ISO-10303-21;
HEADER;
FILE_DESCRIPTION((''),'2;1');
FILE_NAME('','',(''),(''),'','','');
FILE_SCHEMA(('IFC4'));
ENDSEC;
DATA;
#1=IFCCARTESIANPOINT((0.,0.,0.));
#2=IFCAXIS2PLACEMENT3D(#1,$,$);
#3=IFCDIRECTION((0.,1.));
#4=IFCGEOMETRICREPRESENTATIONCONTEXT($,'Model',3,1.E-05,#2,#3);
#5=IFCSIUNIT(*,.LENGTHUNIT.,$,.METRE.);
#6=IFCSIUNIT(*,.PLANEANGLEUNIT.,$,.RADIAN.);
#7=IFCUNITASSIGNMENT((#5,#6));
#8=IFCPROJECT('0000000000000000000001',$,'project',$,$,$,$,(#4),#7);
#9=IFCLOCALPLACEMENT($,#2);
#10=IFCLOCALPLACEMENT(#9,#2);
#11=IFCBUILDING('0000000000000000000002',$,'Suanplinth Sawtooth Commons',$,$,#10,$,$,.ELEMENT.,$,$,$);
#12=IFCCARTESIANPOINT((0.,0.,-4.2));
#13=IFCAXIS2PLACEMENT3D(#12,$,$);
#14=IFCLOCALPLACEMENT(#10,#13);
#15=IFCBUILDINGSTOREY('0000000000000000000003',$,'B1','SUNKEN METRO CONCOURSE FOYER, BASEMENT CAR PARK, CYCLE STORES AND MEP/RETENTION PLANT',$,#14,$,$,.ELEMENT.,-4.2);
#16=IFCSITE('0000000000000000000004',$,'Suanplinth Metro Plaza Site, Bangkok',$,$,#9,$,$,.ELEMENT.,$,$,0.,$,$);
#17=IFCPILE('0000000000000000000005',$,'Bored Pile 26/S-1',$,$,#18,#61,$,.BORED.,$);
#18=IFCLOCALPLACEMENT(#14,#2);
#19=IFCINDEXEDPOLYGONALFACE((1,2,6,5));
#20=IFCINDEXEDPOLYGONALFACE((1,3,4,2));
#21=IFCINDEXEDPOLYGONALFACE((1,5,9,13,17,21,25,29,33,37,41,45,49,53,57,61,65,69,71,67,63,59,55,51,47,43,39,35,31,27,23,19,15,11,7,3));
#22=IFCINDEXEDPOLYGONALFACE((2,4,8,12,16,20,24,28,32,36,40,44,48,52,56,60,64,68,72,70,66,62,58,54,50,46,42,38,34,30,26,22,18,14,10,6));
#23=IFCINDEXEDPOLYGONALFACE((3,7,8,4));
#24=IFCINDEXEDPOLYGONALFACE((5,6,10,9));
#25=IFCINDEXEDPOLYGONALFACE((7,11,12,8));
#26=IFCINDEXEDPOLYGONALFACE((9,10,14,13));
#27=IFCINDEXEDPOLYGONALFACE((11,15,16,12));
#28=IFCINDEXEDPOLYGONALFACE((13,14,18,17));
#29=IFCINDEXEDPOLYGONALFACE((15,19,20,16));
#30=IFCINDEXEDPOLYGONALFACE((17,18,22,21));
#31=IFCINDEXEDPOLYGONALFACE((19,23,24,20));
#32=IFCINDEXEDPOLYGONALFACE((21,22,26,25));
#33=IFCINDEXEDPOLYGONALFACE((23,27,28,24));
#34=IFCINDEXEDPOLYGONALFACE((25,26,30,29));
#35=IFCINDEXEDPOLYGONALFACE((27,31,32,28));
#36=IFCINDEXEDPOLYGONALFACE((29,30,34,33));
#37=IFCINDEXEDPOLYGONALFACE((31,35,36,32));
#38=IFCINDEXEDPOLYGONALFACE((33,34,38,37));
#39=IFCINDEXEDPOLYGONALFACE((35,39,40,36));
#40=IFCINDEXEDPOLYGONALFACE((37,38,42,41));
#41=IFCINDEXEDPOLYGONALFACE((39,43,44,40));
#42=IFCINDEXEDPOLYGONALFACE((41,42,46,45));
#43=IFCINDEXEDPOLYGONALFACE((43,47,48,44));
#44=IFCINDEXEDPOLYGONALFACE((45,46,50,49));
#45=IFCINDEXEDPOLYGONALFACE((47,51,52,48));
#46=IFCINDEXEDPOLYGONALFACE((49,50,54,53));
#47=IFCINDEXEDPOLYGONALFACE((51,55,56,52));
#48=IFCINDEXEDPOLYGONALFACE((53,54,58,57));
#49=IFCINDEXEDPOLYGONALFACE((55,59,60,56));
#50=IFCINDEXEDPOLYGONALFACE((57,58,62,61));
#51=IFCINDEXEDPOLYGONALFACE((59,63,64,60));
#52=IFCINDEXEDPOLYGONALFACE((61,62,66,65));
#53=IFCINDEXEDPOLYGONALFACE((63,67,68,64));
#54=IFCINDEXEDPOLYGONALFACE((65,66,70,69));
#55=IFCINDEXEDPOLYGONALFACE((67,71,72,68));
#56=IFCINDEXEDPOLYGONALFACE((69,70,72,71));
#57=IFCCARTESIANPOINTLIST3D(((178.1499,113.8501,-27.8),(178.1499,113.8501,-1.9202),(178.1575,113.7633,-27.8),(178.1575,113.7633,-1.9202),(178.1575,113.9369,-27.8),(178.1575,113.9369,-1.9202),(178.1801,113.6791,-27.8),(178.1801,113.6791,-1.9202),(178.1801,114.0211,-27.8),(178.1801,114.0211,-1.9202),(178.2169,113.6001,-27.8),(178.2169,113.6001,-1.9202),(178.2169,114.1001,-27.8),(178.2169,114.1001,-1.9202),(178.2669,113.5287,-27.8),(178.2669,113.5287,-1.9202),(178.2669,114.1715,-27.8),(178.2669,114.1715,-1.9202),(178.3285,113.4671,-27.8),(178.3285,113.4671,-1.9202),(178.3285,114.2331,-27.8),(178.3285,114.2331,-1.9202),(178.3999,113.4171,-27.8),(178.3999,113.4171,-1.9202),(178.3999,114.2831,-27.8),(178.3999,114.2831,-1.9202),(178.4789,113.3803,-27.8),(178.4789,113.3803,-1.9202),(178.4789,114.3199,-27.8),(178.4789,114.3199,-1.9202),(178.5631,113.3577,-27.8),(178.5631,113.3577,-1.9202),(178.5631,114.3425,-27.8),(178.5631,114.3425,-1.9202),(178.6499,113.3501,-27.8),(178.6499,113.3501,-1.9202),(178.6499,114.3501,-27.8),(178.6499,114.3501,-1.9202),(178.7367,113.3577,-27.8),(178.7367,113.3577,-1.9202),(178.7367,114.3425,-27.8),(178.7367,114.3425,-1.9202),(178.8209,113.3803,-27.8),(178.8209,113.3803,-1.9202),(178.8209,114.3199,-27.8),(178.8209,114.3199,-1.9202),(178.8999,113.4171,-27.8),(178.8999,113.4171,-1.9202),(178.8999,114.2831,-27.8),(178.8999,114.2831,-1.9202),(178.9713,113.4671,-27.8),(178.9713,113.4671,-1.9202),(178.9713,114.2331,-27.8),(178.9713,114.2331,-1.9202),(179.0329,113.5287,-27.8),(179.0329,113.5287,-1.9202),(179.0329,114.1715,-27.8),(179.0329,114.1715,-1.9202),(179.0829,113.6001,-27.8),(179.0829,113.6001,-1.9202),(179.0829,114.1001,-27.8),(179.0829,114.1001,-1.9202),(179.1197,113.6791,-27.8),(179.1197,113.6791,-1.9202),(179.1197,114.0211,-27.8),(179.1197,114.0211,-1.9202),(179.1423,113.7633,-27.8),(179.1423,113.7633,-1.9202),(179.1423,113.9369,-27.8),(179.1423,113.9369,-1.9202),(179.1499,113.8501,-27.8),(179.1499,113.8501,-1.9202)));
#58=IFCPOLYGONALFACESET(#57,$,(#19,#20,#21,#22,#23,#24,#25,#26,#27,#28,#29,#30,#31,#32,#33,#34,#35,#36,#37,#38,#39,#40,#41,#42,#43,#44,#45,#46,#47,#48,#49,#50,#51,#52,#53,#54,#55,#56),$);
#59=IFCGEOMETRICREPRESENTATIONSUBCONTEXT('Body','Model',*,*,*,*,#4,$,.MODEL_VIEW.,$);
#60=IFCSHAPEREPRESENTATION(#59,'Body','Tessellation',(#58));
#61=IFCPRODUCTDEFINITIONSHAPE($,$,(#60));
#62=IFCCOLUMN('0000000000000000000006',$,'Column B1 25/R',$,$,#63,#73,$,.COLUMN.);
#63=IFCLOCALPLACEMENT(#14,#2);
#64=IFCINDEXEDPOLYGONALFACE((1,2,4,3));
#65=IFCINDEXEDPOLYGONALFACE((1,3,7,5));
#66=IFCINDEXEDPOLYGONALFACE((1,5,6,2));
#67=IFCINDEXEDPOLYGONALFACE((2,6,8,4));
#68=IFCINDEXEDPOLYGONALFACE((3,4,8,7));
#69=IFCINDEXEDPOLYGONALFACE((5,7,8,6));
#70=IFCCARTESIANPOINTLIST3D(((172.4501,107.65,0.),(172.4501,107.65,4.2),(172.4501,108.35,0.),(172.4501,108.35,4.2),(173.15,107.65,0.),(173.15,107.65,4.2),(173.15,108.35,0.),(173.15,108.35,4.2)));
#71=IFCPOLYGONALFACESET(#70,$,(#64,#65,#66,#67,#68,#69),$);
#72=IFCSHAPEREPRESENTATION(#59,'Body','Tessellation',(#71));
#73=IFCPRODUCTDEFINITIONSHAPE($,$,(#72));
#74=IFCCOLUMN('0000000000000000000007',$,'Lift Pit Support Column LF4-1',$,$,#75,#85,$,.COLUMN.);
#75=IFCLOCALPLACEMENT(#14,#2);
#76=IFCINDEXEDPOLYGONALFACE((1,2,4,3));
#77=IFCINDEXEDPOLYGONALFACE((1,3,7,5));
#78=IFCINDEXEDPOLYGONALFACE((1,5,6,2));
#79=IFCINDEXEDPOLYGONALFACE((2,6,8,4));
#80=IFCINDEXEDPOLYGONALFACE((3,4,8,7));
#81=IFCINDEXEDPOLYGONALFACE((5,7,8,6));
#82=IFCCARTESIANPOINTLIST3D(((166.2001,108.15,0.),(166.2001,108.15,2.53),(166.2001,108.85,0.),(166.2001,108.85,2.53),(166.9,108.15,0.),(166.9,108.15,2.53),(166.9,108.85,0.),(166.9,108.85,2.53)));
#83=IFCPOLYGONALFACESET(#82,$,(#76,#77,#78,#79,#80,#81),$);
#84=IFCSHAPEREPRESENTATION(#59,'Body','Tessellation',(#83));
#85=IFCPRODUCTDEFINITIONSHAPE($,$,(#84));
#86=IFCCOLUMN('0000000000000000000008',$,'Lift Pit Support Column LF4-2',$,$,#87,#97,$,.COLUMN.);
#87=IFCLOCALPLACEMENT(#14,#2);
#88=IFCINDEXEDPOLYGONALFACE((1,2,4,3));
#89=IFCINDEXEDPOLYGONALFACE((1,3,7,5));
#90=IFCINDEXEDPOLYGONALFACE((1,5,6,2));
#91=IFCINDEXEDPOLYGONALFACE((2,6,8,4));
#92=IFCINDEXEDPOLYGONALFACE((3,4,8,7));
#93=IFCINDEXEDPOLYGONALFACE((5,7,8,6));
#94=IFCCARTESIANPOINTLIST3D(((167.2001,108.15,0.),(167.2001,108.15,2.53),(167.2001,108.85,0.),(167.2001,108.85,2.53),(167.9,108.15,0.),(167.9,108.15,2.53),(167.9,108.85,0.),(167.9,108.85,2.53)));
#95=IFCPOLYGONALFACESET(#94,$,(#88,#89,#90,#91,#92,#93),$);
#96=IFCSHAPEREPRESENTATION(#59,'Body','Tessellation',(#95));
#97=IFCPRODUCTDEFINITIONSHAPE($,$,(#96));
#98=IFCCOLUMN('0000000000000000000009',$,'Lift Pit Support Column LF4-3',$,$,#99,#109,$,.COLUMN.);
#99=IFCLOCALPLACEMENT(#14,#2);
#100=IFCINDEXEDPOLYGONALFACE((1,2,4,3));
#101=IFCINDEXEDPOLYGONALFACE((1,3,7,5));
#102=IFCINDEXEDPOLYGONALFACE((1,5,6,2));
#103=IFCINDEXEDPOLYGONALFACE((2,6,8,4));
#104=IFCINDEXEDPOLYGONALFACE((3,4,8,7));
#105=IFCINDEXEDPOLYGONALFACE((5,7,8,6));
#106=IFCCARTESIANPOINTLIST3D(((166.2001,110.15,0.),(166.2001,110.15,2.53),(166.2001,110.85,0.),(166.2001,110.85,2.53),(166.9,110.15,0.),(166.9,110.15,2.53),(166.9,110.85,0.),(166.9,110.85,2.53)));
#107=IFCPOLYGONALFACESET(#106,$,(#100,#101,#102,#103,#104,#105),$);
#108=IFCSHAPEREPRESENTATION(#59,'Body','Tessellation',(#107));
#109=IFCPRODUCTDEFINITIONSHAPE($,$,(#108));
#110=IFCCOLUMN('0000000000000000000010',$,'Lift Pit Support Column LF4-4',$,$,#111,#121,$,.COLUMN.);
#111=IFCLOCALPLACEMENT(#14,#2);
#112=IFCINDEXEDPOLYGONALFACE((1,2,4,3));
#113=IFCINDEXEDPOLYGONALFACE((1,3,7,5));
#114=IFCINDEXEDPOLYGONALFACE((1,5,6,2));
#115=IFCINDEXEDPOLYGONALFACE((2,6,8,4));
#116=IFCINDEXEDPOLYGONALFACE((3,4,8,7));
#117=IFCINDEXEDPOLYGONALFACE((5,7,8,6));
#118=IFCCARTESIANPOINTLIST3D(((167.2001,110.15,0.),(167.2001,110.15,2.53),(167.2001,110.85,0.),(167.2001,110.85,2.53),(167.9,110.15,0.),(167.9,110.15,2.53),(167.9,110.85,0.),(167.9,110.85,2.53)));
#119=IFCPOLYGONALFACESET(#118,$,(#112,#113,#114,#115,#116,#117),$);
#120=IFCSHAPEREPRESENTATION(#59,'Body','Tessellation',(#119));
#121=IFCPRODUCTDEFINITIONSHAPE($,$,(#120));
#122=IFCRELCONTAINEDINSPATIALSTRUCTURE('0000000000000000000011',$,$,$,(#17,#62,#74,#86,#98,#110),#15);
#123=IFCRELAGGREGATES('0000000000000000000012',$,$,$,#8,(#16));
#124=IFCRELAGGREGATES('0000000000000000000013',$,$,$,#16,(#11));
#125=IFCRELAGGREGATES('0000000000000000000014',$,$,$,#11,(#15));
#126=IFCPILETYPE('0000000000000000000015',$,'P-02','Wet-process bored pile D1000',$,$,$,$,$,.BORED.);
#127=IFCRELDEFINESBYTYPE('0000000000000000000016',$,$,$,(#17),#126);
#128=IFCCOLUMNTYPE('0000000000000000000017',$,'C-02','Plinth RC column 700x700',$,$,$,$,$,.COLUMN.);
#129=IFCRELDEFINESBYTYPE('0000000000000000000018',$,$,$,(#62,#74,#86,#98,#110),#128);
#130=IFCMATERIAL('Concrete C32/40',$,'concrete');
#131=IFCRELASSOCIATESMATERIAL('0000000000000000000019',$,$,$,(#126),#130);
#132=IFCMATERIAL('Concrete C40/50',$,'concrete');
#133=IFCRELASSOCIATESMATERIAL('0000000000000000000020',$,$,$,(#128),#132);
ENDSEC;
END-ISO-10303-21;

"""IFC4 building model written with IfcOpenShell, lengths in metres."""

from ifc_helpers import new_model, si_unit, direction, frame, origin, origin_2d, place, context, subcontext, project, spatial, rectangle, circle, extrude, material, material_profile, profile_set, type_object, element, save


model = new_model("IFC4")

# Units and contexts
model_context = context("Model", 3, precision=1e-05, world=origin(), true_north=direction((0.0, 1.0)))
body_context = subcontext(model_context, "Body", "Model", "MODEL_VIEW")
ifc_project = project(units=[si_unit("LENGTHUNIT", "METRE"), si_unit("PLANEANGLEUNIT", "RADIAN")], contexts=[model_context])

# Site, building, storey
site_placement = place(None, origin())
site = spatial("IfcSite", under=ifc_project, at=site_placement, Name="Suanplinth Metro Plaza Site, Bangkok", CompositionType="ELEMENT", RefElevation=0.0)
building_placement = place(site_placement, origin())
building = spatial("IfcBuilding", under=site, at=building_placement, Name="Suanplinth Sawtooth Commons", CompositionType="ELEMENT")
storey_placement = place(building_placement, frame((0.0, 0.0, -4.2)))
storey = spatial("IfcBuildingStorey", under=building, at=storey_placement, Name="B1", Description="SUNKEN METRO CONCOURSE FOYER, BASEMENT CAR PARK, CYCLE STORES AND MEP/RETENTION PLANT", CompositionType="ELEMENT", Elevation=-4.2)

# Pile
ifc_material_1 = material(Name="Concrete C32/40", Category="concrete")
ifc_material_profile_1 = material_profile(ifc_material_1, circle(Radius=0.5, at=origin_2d()), Name="PILE D1000")
ifc_profile_set_1 = profile_set([ifc_material_profile_1], Name="Concrete C32/40")
pile_type = type_object("IfcPileType", Name="P-02", Description="Wet-process bored pile D1000", PredefinedType="BORED", material=ifc_profile_set_1)
pile_placement = place(storey_placement, frame((178.6499, 113.8501, -1.9202), z_axis=(0.0, 0.0, -1.0), x_axis=(1.0, 0.0, 0.0)))
element("IfcPile", 1, at=pile_placement, inside=storey, type_object=pile_type, Name="Bored Pile 26/S-1", PredefinedType="BORED", context=body_context, shape_type="SweptSolid", body=[
    extrude(circle(Radius=0.5, at=origin_2d()), origin(), (0.0, 0.0, 1.0), 25.8799),
])

# Columns
ifc_material_2 = material(Name="Concrete C40/50", Category="concrete")
ifc_material_profile_2 = material_profile(ifc_material_2, rectangle(XDim=0.7, YDim=0.7, at=origin_2d()), Name="RC-COL 700x700")
ifc_profile_set_2 = profile_set([ifc_material_profile_2], Name="Concrete C40/50")
column_type = type_object("IfcColumnType", Name="C-02", Description="Plinth RC column 700x700", PredefinedType="COLUMN", material=ifc_profile_set_2)
column_placement = place(storey_placement, frame((172.8, 108.0, 0.0), z_axis=(0.0, 0.0, 1.0), x_axis=(1.0, 0.0, 0.0)))
element("IfcColumn", 2, at=column_placement, inside=storey, type_object=column_type, Name="Column B1 25/R", PredefinedType="COLUMN", context=body_context, shape_type="SweptSolid", body=[
    extrude(rectangle(XDim=0.7, YDim=0.7, at=origin_2d()), origin(), (0.0, 0.0, 1.0), 4.2),
])
for number, where, z_axis, x_axis, name in (
    (3, (166.55, 108.5, 0.0), (0.0, 0.0, 1.0), (1.0, 0.0, 0.0), "Lift Pit Support Column LF4-1"),
    (4, (167.55, 108.5, 0.0), (0.0, 0.0, 1.0), (1.0, 0.0, 0.0), "Lift Pit Support Column LF4-2"),
    (5, (166.55, 110.5, 0.0), (0.0, 0.0, 1.0), (1.0, 0.0, 0.0), "Lift Pit Support Column LF4-3"),
    (6, (167.55, 110.5, 0.0), (0.0, 0.0, 1.0), (1.0, 0.0, 0.0), "Lift Pit Support Column LF4-4"),
):
    element("IfcColumn", number, at=place(storey_placement, frame(where, z_axis=z_axis, x_axis=x_axis)), inside=storey, type_object=column_type, Name=name, PredefinedType="COLUMN", context=body_context, shape_type="SweptSolid", body=[
        extrude(rectangle(XDim=0.7, YDim=0.7, at=origin_2d()), origin(), (0.0, 0.0, 1.0), 2.53),
    ])

save(model, "model.ifc")
